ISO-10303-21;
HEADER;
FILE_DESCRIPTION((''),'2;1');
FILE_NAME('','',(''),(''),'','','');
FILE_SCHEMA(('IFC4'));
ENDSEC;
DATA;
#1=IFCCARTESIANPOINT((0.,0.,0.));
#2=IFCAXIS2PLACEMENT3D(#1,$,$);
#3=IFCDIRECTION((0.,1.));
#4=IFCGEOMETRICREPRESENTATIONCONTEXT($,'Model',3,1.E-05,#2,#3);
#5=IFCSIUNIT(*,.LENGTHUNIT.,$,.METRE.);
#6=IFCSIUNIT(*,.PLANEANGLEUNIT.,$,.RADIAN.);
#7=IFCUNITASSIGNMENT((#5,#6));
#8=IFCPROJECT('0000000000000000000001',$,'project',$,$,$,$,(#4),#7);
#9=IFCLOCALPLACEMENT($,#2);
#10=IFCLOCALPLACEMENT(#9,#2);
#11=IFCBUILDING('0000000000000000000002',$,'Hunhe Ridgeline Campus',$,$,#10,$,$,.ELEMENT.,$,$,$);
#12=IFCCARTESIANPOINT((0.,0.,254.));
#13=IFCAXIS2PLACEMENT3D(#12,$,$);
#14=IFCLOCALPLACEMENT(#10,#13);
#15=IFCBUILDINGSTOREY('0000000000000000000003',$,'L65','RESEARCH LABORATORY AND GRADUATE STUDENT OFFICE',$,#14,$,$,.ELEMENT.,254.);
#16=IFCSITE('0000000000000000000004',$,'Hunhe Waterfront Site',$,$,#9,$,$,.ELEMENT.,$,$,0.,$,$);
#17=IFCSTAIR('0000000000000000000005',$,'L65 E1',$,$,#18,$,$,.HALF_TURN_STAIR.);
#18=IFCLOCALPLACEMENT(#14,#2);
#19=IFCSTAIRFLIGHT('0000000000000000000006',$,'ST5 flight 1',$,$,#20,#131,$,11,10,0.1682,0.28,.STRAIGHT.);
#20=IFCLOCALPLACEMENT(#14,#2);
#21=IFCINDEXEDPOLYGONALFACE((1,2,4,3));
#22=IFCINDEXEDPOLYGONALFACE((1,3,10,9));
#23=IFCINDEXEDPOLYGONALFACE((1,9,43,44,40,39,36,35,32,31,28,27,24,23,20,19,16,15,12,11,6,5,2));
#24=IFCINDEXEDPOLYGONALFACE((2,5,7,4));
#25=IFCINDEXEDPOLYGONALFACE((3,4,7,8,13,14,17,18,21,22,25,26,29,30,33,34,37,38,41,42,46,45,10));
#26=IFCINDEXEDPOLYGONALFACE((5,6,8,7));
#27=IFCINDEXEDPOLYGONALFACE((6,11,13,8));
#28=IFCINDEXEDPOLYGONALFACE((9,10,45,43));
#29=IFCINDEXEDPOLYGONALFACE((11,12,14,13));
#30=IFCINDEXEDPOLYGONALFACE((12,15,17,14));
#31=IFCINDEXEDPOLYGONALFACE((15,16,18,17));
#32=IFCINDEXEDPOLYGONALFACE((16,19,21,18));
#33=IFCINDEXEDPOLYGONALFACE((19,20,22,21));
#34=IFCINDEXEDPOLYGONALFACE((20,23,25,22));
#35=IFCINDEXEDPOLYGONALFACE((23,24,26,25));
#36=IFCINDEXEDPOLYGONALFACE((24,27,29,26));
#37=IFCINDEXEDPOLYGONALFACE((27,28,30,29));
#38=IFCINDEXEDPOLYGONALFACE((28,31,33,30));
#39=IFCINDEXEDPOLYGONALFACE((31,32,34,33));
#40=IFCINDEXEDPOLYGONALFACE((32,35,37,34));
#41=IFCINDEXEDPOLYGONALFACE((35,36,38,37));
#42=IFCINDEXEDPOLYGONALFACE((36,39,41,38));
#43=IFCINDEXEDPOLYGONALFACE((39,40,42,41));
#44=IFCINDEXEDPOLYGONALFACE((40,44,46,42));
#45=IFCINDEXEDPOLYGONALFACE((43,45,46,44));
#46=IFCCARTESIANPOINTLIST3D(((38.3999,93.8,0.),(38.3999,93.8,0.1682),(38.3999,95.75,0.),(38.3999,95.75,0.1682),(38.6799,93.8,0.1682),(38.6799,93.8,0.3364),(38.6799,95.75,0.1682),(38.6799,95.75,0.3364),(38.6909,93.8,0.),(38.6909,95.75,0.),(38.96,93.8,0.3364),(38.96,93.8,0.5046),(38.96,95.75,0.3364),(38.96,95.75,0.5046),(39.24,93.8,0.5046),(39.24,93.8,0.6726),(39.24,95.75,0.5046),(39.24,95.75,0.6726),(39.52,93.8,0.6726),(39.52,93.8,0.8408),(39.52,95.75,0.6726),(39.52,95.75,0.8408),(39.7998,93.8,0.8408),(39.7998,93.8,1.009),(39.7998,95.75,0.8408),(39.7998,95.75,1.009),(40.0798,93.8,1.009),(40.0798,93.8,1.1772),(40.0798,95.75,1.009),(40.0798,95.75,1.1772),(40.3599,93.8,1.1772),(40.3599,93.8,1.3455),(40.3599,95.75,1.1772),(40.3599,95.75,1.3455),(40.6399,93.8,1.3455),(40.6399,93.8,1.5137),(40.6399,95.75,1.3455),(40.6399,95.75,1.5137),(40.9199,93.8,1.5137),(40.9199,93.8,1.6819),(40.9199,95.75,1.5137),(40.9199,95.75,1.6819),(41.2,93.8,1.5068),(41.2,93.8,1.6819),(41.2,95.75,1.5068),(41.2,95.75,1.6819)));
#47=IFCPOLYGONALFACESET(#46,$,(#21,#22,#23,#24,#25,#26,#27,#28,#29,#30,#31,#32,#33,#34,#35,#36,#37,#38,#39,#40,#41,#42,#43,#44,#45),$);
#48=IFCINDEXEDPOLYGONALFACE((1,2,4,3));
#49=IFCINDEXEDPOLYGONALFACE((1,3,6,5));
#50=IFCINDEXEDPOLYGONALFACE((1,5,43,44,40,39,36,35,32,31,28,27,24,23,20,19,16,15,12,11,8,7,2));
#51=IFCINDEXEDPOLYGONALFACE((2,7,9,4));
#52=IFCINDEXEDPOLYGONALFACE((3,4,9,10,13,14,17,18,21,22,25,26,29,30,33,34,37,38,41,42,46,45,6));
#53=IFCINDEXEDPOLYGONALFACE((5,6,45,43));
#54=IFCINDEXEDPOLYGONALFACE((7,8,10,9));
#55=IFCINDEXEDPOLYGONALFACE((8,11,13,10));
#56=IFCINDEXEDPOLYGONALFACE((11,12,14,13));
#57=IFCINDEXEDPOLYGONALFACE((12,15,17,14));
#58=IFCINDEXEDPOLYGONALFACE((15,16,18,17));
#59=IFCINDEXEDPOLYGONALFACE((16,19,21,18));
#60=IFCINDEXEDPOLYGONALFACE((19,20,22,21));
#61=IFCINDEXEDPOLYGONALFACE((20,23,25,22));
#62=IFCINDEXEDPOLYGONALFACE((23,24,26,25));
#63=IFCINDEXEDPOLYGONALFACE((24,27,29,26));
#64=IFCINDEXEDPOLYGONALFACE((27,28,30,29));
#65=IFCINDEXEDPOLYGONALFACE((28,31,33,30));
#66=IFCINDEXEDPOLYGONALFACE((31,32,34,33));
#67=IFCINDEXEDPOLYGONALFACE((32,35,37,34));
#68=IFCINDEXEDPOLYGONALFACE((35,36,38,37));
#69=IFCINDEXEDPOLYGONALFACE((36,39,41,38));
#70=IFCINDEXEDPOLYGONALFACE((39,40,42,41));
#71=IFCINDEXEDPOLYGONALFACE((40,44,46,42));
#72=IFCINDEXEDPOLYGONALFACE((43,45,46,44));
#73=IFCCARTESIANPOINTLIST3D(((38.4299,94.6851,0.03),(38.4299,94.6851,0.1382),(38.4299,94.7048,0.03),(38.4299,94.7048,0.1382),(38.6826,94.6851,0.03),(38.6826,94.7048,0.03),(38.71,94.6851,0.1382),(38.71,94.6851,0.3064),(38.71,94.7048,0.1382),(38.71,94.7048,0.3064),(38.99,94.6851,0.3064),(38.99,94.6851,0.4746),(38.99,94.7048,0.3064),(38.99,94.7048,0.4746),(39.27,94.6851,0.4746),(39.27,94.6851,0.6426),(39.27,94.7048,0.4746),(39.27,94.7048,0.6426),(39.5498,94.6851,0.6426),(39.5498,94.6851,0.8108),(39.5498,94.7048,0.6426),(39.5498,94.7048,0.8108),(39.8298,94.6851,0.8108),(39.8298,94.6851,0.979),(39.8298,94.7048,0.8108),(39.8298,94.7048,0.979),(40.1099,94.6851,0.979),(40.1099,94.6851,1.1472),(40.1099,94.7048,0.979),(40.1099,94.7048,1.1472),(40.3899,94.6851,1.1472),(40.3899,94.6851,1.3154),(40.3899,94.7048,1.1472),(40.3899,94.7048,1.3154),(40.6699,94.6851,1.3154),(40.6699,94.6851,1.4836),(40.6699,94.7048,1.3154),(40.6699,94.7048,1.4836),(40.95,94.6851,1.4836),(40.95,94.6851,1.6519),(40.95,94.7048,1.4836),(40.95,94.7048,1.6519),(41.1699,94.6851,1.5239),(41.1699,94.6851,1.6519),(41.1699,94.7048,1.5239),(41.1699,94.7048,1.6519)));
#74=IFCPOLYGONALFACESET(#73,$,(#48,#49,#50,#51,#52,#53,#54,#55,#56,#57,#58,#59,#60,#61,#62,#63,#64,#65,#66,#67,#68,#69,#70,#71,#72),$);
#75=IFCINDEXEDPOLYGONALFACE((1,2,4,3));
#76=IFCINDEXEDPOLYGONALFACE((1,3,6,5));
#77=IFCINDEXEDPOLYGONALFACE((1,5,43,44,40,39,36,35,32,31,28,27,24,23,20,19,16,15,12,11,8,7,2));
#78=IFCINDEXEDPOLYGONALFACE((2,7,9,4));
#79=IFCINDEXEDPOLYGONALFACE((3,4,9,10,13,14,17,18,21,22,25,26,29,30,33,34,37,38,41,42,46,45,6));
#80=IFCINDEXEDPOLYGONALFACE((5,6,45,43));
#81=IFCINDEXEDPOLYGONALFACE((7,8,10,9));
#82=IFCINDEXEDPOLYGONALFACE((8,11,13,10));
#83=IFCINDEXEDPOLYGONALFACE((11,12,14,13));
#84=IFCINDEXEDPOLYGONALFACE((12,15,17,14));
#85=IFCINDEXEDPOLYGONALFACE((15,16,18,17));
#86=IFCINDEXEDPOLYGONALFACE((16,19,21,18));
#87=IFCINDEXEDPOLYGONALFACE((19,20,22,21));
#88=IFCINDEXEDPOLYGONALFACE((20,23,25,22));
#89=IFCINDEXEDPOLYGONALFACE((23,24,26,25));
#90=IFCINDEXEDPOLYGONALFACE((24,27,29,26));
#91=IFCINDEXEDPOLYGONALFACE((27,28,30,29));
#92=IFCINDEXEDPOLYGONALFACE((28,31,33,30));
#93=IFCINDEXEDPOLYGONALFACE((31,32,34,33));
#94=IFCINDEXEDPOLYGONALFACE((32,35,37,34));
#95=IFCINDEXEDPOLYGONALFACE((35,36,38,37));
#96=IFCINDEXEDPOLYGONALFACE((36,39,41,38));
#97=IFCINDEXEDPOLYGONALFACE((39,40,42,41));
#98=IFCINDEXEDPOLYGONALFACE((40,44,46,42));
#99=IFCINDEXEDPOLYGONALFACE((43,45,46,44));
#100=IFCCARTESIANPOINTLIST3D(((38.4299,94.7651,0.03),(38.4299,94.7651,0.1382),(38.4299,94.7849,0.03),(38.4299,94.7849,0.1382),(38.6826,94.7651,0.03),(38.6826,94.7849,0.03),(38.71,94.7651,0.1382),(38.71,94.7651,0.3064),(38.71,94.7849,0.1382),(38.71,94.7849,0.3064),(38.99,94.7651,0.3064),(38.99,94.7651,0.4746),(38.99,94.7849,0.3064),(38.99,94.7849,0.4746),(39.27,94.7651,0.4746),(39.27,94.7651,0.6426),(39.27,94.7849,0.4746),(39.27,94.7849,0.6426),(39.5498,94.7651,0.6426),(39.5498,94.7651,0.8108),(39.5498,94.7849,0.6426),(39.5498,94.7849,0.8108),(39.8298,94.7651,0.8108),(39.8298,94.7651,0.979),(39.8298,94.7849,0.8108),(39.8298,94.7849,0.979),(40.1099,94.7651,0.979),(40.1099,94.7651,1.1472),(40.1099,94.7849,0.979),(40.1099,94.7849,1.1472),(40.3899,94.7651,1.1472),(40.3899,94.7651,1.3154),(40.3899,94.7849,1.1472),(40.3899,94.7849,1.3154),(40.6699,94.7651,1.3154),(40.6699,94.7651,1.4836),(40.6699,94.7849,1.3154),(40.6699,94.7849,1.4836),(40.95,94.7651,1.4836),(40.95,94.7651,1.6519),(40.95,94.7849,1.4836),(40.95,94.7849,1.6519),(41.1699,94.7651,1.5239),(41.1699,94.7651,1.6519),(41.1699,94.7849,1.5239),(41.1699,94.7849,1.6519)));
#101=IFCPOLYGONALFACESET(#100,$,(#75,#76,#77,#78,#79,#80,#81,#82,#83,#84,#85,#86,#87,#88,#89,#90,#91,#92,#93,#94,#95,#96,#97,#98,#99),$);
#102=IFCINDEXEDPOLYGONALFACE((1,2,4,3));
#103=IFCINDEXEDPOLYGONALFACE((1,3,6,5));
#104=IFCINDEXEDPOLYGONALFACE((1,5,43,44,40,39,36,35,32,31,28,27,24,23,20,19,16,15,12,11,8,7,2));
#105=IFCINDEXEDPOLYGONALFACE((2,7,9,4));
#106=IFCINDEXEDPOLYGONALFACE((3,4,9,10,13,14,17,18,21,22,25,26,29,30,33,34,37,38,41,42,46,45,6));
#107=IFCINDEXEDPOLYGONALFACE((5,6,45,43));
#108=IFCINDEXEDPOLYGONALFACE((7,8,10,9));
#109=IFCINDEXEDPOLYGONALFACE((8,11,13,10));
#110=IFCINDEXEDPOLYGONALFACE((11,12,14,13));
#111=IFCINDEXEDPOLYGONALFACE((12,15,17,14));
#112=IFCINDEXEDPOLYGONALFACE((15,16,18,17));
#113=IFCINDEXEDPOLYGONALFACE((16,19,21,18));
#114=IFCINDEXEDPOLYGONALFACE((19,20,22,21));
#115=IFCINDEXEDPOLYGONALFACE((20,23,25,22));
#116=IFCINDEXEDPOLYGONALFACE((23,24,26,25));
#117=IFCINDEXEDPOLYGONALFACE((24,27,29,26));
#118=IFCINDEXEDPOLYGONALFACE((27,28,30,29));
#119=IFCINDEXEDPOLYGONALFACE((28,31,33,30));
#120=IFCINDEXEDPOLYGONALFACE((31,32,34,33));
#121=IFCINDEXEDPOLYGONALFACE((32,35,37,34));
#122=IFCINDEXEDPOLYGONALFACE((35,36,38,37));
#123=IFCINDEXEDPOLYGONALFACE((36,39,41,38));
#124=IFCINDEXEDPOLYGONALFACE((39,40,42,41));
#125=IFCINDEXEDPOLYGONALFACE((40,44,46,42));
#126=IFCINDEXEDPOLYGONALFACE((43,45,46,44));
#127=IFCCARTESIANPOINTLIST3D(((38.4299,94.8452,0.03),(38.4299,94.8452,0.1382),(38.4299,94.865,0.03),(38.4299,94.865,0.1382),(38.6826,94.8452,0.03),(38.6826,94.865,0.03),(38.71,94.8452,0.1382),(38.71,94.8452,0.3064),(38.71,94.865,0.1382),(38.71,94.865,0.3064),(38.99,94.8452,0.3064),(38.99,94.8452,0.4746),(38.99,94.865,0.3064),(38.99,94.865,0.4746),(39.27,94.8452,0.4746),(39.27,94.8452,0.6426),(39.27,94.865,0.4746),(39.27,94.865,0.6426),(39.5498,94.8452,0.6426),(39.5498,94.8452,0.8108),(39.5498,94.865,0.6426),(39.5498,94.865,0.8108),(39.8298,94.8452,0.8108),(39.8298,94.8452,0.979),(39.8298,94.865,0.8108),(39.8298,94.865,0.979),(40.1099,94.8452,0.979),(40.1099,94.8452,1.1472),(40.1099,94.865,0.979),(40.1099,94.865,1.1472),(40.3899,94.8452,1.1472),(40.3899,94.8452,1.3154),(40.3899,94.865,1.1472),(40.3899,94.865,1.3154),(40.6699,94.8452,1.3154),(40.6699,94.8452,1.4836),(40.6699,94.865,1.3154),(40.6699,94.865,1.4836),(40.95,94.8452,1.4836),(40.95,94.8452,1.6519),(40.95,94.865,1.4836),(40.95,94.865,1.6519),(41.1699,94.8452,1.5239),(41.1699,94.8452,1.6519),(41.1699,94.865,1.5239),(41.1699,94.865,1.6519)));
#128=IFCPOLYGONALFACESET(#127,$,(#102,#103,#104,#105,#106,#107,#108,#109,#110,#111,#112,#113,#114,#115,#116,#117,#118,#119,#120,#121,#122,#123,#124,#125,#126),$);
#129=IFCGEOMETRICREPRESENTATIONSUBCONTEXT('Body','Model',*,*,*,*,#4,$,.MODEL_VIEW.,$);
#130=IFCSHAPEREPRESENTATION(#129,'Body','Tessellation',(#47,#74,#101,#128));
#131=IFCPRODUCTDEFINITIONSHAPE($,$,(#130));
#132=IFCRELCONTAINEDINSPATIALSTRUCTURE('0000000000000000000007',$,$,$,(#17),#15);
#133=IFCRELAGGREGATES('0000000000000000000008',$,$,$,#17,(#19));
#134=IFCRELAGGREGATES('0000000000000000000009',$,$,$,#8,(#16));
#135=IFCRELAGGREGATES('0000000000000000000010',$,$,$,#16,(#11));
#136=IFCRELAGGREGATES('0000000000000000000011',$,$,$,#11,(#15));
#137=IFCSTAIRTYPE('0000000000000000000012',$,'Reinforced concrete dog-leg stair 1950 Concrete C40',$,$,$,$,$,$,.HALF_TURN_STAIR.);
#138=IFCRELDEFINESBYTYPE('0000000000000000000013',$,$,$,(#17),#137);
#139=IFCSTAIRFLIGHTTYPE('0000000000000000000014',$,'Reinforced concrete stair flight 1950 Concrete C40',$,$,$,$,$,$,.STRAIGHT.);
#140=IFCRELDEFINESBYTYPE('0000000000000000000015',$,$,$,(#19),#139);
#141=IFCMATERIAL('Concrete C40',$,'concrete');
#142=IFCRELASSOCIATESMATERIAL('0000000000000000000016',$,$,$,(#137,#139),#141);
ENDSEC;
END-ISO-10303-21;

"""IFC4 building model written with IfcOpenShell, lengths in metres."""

from ifc_helpers import new_model, si_unit, direction, frame, origin, place, context, subcontext, project, spatial, polyline, outline, extrude, material, type_object, element, aggregate, save


model = new_model("IFC4")

# Units and contexts
model_context = context("Model", 3, precision=1e-05, world=origin(), true_north=direction((0.0, 1.0)))
body_context = subcontext(model_context, "Body", "Model", "MODEL_VIEW")
ifc_project = project(units=[si_unit("LENGTHUNIT", "METRE"), si_unit("PLANEANGLEUNIT", "RADIAN")], contexts=[model_context])

# Site, building, storey
site_placement = place(None, origin())
site = spatial("IfcSite", under=ifc_project, at=site_placement, Name="Hunhe Waterfront Site", CompositionType="ELEMENT", RefElevation=0.0)
building_placement = place(site_placement, origin())
building = spatial("IfcBuilding", under=site, at=building_placement, Name="Hunhe Ridgeline Campus", CompositionType="ELEMENT")
storey_placement = place(building_placement, frame((0.0, 0.0, 254.0)))
storey = spatial("IfcBuildingStorey", under=building, at=storey_placement, Name="L65", Description="RESEARCH LABORATORY AND GRADUATE STUDENT OFFICE", CompositionType="ELEMENT", Elevation=254.0)

# Stair, stair flight
ifc_material_1 = material(Name="Concrete C40", Category="concrete")
stair_type = type_object("IfcStairType", Name="Reinforced concrete dog-leg stair 1950 Concrete C40", PredefinedType="HALF_TURN_STAIR", material=ifc_material_1)
stair_placement = place(storey_placement, origin())
stair = element("IfcStair", 1, at=stair_placement, inside=storey, type_object=stair_type, Name="L65 E1", PredefinedType="HALF_TURN_STAIR")
stair_flight_type = type_object("IfcStairFlightType", Name="Reinforced concrete stair flight 1950 Concrete C40", PredefinedType="STRAIGHT", material=ifc_material_1)
stair_flight_1_placement = place(storey_placement, frame((38.3999, 94.7749, 0.0), z_axis=(0.0, 0.0, 1.0), x_axis=(1.0, 0.0, 0.0)))
stair_flight_1 = element("IfcStairFlight", 2, at=stair_flight_1_placement, type_object=stair_flight_type, Name="ST5 flight 1", NumberOfRisers=11, NumberOfTreads=10, PredefinedType="STRAIGHT", RiserHeight=0.1682, TreadLength=0.28, context=body_context, shape_type="SweptSolid", body=[
    extrude(outline(polyline([(0.0, 0.0), (0.0, 0.1682), (0.28, 0.1682), (0.28, 0.3364), (0.5601, 0.3364), (0.5601, 0.5046), (0.8401, 0.5046), (0.8401, 0.6726), (1.1201, 0.6726), (1.1201, 0.8408), (1.3999, 0.8408), (1.3999, 1.009), (1.6799, 1.009), (1.6799, 1.1772), (1.96, 1.1772), (1.96, 1.3455), (2.24, 1.3455), (2.24, 1.5137), (2.52, 1.5137), (2.52, 1.6819), (2.8, 1.6819), (2.8, 1.8501), (2.8, 1.5068), (0.291, 0.0), (0.0, 0.0)])), frame((0.0, 0.9751, 0.0), z_axis=(0.0, -1.0, 0.0), x_axis=(1.0, 0.0, 0.0)), (0.0, 0.0, 1.0), 1.95),
    extrude(outline(polyline([(0.03, 0.03), (0.03, 0.1382), (0.3101, 0.1382), (0.3101, 0.3064), (0.5901, 0.3064), (0.5901, 0.4746), (0.8701, 0.4746), (0.8701, 0.6426), (1.1499, 0.6426), (1.1499, 0.8108), (1.4299, 0.8108), (1.4299, 0.979), (1.71, 0.979), (1.71, 1.1472), (1.99, 1.1472), (1.99, 1.3154), (2.27, 1.3154), (2.27, 1.4836), (2.55, 1.4836), (2.55, 1.6519), (2.77, 1.6519), (2.77, 1.5239), (0.2827, 0.03), (0.03, 0.03)])), frame((0.0, -0.0701, 0.0), z_axis=(0.0, -1.0, 0.0), x_axis=(1.0, 0.0, 0.0)), (0.0, 0.0, 1.0), 0.0198),
    extrude(outline(polyline([(0.03, 0.03), (0.03, 0.1382), (0.3101, 0.1382), (0.3101, 0.3064), (0.5901, 0.3064), (0.5901, 0.4746), (0.8701, 0.4746), (0.8701, 0.6426), (1.1499, 0.6426), (1.1499, 0.8108), (1.4299, 0.8108), (1.4299, 0.979), (1.71, 0.979), (1.71, 1.1472), (1.99, 1.1472), (1.99, 1.3154), (2.27, 1.3154), (2.27, 1.4836), (2.55, 1.4836), (2.55, 1.6519), (2.77, 1.6519), (2.77, 1.5239), (0.2827, 0.03), (0.03, 0.03)])), frame((0.0, 0.01, 0.0), z_axis=(0.0, -1.0, 0.0), x_axis=(1.0, 0.0, 0.0)), (0.0, 0.0, 1.0), 0.0198),
    extrude(outline(polyline([(0.03, 0.03), (0.03, 0.1382), (0.3101, 0.1382), (0.3101, 0.3064), (0.5901, 0.3064), (0.5901, 0.4746), (0.8701, 0.4746), (0.8701, 0.6426), (1.1499, 0.6426), (1.1499, 0.8108), (1.4299, 0.8108), (1.4299, 0.979), (1.71, 0.979), (1.71, 1.1472), (1.99, 1.1472), (1.99, 1.3154), (2.27, 1.3154), (2.27, 1.4836), (2.55, 1.4836), (2.55, 1.6519), (2.77, 1.6519), (2.77, 1.5239), (0.2827, 0.03), (0.03, 0.03)])), frame((0.0, 0.0901, 0.0), z_axis=(0.0, -1.0, 0.0), x_axis=(1.0, 0.0, 0.0)), (0.0, 0.0, 1.0), 0.0198),
])
aggregate(stair, [stair_flight_1])

save(model, "model.ifc")
